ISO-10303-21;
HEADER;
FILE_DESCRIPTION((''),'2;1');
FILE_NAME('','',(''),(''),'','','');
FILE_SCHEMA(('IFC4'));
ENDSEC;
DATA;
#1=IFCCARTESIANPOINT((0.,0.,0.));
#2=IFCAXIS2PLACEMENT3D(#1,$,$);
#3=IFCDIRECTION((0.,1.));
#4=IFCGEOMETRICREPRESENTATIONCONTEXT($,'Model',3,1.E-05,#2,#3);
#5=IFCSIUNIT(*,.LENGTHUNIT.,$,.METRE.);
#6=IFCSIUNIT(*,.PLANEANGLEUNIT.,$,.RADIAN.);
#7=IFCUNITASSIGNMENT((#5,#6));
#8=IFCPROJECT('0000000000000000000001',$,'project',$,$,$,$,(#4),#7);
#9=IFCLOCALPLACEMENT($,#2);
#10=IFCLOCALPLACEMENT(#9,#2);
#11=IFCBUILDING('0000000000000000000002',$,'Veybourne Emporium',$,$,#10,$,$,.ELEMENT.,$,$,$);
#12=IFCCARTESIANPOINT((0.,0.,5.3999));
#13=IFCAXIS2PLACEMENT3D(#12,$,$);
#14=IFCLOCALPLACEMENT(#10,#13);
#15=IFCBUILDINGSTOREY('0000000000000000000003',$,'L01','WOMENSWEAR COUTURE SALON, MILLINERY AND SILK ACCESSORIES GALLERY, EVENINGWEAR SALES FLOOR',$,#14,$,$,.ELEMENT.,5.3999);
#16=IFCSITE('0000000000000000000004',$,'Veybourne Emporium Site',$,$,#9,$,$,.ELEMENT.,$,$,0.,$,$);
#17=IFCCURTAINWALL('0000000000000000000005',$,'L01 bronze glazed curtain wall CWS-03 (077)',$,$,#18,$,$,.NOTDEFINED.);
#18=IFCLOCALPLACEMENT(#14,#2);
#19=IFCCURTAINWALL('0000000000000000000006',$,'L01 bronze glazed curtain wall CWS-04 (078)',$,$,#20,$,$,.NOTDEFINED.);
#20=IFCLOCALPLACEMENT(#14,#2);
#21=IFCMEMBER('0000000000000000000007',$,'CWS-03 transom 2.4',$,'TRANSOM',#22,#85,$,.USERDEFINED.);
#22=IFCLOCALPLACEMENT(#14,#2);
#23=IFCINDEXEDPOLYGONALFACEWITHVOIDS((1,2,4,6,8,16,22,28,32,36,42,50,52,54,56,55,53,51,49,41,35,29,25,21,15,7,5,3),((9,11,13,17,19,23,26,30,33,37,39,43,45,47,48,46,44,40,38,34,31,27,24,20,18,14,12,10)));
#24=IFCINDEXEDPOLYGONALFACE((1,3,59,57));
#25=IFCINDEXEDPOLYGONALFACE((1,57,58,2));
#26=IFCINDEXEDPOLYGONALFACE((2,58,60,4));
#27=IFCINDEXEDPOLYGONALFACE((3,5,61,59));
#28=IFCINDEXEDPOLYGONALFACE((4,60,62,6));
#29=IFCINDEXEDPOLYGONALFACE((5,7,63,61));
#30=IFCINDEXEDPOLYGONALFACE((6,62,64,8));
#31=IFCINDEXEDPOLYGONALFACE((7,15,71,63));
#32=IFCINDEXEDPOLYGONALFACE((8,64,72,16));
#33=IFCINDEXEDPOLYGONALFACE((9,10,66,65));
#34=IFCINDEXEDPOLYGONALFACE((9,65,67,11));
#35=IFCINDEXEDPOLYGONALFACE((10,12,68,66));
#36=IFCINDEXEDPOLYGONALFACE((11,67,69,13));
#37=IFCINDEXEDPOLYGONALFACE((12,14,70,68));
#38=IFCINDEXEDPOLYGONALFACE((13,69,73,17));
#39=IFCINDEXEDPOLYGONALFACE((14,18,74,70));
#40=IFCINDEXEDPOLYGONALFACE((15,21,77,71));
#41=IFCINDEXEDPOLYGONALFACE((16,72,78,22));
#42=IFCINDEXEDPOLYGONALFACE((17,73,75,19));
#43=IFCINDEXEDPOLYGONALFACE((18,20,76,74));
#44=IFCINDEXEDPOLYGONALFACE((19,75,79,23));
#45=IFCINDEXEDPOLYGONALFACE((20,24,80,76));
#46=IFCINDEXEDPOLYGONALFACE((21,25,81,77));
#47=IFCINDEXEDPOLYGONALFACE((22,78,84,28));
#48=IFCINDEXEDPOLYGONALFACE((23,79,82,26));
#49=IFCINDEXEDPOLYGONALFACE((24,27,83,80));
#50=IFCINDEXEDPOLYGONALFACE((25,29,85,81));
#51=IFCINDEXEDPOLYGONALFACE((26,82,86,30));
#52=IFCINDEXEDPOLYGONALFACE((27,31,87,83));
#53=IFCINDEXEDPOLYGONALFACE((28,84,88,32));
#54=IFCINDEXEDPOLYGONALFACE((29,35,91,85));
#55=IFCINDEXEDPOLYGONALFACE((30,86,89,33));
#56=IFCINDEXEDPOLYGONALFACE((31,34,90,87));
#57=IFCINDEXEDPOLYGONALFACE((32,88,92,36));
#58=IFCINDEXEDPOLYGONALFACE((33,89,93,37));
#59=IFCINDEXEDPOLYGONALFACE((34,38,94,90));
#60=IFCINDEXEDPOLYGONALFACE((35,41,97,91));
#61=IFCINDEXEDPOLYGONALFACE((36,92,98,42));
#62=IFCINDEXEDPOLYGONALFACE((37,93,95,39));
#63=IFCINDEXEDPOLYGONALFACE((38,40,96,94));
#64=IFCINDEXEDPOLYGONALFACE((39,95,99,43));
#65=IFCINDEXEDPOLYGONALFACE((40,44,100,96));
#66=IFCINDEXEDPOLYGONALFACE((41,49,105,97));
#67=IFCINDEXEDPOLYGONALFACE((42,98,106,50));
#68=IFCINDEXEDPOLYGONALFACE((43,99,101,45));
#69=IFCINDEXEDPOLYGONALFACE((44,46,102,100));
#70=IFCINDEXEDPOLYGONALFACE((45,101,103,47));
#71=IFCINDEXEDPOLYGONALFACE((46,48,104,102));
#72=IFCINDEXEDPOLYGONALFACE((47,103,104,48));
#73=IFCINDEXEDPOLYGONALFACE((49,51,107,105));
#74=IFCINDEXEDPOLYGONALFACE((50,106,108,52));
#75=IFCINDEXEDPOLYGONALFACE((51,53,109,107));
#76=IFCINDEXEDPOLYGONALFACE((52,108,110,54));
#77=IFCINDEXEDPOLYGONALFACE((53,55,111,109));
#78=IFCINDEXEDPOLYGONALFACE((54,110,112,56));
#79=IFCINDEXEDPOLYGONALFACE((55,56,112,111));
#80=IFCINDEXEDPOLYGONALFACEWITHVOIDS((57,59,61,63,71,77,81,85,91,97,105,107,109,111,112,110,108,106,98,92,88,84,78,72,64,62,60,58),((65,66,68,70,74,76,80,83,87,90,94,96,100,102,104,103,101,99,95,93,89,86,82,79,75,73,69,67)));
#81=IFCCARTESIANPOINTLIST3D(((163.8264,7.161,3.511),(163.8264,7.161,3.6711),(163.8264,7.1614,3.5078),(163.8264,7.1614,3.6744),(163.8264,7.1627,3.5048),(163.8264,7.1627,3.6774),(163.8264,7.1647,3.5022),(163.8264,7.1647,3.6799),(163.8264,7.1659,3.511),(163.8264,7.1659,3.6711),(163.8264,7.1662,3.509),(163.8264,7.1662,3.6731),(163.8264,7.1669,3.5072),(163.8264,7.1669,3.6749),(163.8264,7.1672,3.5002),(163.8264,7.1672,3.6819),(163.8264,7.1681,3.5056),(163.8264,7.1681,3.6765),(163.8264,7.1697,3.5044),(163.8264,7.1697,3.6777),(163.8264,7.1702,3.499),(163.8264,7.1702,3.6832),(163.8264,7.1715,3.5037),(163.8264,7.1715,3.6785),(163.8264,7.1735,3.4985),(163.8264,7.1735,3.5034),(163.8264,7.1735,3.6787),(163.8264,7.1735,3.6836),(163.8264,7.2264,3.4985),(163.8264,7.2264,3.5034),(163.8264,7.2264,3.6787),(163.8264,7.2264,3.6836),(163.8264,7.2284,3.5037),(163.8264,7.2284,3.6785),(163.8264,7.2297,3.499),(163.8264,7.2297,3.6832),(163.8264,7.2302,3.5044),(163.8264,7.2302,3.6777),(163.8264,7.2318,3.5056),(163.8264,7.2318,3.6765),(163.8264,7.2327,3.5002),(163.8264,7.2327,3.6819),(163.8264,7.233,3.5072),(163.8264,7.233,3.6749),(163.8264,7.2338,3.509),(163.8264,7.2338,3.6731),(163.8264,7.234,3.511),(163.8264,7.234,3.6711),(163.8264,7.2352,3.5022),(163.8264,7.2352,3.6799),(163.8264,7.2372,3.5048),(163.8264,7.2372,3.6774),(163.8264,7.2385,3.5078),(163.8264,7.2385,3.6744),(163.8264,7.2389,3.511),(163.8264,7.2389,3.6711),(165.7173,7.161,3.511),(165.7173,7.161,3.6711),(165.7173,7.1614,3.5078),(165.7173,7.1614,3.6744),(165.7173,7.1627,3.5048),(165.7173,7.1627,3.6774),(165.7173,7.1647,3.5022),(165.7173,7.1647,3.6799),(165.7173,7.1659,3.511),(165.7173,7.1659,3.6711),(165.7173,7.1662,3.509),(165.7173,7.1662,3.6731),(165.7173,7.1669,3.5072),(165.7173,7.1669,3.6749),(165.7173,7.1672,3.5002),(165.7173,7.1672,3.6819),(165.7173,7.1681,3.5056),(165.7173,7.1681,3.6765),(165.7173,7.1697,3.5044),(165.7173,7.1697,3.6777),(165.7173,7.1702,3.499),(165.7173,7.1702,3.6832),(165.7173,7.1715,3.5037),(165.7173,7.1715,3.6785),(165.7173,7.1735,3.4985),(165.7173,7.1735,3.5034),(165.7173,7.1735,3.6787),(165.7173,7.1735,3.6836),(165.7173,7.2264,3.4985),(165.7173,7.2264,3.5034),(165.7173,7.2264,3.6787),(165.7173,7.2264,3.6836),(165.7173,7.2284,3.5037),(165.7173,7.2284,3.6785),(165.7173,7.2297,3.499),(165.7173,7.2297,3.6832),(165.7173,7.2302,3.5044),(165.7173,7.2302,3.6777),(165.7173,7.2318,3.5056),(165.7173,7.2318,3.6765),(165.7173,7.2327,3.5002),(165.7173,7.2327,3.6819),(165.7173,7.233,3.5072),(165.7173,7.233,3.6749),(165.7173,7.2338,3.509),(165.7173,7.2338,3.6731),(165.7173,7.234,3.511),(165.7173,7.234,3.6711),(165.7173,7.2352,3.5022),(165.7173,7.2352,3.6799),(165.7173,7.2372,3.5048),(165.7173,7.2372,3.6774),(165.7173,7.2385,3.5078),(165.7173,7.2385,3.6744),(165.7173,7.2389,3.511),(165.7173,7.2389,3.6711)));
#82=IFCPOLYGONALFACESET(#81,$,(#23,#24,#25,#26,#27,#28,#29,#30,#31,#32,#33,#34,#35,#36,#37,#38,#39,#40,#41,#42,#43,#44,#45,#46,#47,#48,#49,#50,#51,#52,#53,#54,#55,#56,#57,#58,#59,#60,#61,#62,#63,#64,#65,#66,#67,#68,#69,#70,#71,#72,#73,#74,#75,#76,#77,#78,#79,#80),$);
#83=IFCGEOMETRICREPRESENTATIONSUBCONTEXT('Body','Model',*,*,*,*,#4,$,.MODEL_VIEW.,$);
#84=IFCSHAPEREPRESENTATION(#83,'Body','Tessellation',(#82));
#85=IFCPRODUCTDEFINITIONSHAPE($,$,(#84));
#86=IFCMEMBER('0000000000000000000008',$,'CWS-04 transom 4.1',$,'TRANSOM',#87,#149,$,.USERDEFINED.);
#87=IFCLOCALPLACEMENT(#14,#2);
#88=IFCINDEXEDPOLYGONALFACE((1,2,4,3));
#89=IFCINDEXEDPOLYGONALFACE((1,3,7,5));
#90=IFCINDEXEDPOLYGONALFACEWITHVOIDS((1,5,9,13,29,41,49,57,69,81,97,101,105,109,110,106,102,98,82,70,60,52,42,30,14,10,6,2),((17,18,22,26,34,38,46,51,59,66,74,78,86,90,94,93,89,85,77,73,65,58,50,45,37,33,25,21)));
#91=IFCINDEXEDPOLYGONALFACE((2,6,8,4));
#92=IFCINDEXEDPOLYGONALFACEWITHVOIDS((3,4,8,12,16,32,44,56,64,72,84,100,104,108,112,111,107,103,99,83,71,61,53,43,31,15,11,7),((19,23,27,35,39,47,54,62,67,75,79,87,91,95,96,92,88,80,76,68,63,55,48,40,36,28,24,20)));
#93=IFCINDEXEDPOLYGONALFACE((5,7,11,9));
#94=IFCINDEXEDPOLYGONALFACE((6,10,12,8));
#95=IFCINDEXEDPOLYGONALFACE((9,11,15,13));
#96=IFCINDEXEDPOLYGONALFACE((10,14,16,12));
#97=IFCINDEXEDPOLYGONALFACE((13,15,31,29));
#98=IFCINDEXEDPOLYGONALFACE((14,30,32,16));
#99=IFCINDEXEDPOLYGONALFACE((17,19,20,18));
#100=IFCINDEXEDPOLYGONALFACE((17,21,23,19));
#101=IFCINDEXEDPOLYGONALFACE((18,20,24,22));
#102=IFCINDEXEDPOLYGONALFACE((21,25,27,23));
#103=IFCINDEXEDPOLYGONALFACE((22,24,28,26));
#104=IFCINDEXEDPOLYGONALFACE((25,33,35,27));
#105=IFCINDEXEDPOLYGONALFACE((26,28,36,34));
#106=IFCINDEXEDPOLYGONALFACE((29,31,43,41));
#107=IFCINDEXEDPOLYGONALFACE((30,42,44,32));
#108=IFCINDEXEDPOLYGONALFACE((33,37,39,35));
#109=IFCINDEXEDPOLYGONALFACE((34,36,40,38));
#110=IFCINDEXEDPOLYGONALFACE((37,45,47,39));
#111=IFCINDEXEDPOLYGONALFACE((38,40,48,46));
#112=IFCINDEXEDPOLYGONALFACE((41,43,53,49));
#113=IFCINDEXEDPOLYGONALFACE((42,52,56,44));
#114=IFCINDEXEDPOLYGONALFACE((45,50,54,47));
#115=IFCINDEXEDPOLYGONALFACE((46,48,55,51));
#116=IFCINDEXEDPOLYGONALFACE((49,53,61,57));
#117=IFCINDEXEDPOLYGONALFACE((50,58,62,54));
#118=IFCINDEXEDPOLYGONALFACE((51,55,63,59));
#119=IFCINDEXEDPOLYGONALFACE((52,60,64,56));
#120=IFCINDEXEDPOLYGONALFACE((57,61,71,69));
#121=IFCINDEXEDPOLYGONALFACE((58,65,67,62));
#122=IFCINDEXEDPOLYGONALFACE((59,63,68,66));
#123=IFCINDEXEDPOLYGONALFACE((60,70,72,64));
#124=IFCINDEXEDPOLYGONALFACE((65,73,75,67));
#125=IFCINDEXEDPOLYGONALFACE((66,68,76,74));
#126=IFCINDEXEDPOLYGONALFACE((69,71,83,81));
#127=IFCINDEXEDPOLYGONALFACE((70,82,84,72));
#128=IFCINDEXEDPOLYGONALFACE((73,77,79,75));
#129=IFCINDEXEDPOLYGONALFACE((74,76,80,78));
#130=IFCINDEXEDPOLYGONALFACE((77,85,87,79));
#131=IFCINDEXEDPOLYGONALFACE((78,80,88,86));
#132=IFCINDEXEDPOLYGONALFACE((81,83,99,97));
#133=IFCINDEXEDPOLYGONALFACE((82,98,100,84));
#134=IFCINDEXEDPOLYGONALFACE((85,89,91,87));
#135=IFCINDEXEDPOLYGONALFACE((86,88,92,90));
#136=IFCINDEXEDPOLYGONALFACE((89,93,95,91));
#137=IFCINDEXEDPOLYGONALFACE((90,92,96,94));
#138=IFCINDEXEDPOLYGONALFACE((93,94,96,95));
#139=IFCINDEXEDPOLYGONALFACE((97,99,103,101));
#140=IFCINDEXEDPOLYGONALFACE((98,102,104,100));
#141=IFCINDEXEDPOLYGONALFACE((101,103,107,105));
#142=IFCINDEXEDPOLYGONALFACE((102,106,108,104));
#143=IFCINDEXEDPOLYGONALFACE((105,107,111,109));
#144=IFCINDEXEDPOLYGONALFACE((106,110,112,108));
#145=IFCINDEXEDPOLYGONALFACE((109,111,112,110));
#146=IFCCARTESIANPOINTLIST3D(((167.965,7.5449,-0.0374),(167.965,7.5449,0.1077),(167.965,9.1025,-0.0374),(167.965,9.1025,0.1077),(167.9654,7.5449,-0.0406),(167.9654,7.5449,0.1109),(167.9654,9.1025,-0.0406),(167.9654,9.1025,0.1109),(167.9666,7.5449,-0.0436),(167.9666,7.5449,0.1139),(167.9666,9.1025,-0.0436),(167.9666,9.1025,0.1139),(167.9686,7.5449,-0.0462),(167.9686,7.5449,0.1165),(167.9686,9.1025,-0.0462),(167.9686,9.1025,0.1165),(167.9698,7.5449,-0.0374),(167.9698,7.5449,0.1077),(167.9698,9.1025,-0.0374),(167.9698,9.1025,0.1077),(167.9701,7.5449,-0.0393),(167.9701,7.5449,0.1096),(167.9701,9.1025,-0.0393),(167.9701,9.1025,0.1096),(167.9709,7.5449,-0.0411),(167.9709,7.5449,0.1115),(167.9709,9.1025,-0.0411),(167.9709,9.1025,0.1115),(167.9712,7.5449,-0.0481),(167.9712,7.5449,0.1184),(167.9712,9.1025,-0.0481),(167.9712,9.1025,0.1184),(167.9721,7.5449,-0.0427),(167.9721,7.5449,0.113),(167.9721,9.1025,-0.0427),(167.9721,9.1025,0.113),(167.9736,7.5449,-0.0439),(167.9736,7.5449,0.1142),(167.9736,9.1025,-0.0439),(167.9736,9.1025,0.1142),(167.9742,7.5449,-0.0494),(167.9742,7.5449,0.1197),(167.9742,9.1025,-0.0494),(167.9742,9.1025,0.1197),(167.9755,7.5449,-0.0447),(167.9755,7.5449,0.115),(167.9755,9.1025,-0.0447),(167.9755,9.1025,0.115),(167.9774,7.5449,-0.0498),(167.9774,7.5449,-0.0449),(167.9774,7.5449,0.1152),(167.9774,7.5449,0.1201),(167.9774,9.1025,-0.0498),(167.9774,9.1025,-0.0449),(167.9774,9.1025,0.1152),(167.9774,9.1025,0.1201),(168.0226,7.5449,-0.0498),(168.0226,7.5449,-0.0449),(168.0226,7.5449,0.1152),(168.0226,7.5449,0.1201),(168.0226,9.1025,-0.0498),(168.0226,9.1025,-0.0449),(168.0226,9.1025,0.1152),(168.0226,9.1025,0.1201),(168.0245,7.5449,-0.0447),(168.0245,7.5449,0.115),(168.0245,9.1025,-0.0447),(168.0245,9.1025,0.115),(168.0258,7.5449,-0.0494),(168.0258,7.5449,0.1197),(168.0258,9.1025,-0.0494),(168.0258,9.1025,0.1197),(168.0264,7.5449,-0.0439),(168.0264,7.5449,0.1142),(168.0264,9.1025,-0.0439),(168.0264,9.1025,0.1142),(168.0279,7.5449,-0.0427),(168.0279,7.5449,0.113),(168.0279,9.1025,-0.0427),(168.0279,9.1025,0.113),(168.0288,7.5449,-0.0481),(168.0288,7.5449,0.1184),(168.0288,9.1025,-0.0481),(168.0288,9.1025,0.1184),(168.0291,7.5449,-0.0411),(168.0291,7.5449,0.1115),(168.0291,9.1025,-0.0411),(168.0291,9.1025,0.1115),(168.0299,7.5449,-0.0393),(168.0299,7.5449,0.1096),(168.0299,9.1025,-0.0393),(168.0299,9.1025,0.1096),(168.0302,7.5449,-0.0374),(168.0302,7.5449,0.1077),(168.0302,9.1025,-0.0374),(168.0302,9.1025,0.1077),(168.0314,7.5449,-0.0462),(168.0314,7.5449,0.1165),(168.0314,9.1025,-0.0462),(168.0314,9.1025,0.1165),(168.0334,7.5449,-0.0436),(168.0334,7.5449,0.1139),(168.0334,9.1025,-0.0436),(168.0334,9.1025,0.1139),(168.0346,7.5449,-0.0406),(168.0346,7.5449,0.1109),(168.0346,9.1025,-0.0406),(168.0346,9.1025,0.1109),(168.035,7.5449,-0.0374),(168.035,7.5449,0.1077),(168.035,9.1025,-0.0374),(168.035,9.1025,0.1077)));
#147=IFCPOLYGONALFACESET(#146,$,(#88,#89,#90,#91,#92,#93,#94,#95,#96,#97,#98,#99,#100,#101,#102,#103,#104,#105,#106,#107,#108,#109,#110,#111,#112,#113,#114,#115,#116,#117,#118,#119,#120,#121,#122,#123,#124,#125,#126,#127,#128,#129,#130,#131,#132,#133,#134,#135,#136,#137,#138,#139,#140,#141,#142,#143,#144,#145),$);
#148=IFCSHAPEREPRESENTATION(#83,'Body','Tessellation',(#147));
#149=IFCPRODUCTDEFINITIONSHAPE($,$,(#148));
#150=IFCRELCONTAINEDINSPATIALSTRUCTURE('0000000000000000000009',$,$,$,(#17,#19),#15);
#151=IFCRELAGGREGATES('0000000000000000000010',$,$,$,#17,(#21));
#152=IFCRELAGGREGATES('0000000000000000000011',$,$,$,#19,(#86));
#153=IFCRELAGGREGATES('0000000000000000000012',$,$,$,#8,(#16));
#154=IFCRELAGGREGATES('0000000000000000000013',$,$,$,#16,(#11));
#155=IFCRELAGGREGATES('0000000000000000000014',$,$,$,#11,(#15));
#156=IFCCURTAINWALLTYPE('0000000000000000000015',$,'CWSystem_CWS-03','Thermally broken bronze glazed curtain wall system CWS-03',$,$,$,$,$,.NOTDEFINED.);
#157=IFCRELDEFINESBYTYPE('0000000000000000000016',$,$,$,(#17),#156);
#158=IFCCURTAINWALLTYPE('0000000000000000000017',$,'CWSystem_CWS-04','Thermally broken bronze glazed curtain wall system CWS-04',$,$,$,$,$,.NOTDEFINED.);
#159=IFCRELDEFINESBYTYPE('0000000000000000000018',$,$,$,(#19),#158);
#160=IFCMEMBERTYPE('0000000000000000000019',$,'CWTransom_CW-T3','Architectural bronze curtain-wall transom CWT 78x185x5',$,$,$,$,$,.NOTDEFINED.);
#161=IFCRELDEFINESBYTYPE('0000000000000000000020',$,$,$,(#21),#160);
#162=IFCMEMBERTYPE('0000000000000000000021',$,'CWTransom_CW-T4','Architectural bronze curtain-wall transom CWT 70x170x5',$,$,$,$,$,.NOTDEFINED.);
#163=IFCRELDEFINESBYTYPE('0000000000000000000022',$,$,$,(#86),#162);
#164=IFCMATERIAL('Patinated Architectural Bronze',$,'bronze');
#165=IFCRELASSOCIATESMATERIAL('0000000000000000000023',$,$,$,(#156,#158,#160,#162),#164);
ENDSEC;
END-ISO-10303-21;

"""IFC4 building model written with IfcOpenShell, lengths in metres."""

from ifc_helpers import new_model, si_unit, direction, frame, origin, origin_2d, place, context, subcontext, project, spatial, hollow_rectangle, extrude, material, material_profile, profile_set, type_object, element, aggregate, save


model = new_model("IFC4")

# Units and contexts
model_context = context("Model", 3, precision=1e-05, world=origin(), true_north=direction((0.0, 1.0)))
body_context = subcontext(model_context, "Body", "Model", "MODEL_VIEW")
ifc_project = project(units=[si_unit("LENGTHUNIT", "METRE"), si_unit("PLANEANGLEUNIT", "RADIAN")], contexts=[model_context])

# Site, building, storey
site_placement = place(None, origin())
site = spatial("IfcSite", under=ifc_project, at=site_placement, Name="Veybourne Emporium Site", CompositionType="ELEMENT", RefElevation=0.0)
building_placement = place(site_placement, origin())
building = spatial("IfcBuilding", under=site, at=building_placement, Name="Veybourne Emporium", CompositionType="ELEMENT")
storey_placement = place(building_placement, frame((0.0, 0.0, 5.3999)))
storey = spatial("IfcBuildingStorey", under=building, at=storey_placement, Name="L01", Description="WOMENSWEAR COUTURE SALON, MILLINERY AND SILK ACCESSORIES GALLERY, EVENINGWEAR SALES FLOOR", CompositionType="ELEMENT", Elevation=5.3999)

# Curtain wall
ifc_material_1 = material(Name="Patinated Architectural Bronze", Category="bronze")
curtain_wall_type_1 = type_object("IfcCurtainWallType", Name="CWSystem_CWS-03", Description="Thermally broken bronze glazed curtain wall system CWS-03", PredefinedType="NOTDEFINED", material=ifc_material_1)
curtain_wall_1_placement = place(storey_placement, origin())
curtain_wall_1 = element("IfcCurtainWall", 1, at=curtain_wall_1_placement, inside=storey, type_object=curtain_wall_type_1, Name="L01 bronze glazed curtain wall CWS-03 (077)", PredefinedType="NOTDEFINED")

# Curtain wall
curtain_wall_type_2 = type_object("IfcCurtainWallType", Name="CWSystem_CWS-04", Description="Thermally broken bronze glazed curtain wall system CWS-04", PredefinedType="NOTDEFINED", material=ifc_material_1)
curtain_wall_2_placement = place(storey_placement, origin())
curtain_wall_2 = element("IfcCurtainWall", 2, at=curtain_wall_2_placement, inside=storey, type_object=curtain_wall_type_2, Name="L01 bronze glazed curtain wall CWS-04 (078)", PredefinedType="NOTDEFINED")

# Members
ifc_material_profile_1 = material_profile(ifc_material_1, hollow_rectangle(XDim=0.0779, YDim=0.1851, WallThickness=0.0049, InnerFilletRadius=0.0076, OuterFilletRadius=0.0125, at=origin_2d()), Name="CWT 78x185x5")
ifc_profile_set_1 = profile_set([ifc_material_profile_1], Name="Patinated Architectural Bronze")
member_type_1 = type_object("IfcMemberType", Name="CWTransom_CW-T3", Description="Architectural bronze curtain-wall transom CWT 78x185x5", PredefinedType="NOTDEFINED", material=ifc_profile_set_1)
member_1_placement = place(storey_placement, frame((165.7173, 7.2, 3.5911), z_axis=(-1.0, 0.0, 0.0), x_axis=(0.0, -1.0, 0.0)))
member_1 = element("IfcMember", 3, at=member_1_placement, type_object=member_type_1, Name="CWS-03 transom 2.4", ObjectType="TRANSOM", PredefinedType="USERDEFINED", context=body_context, shape_type="SweptSolid", body=[
    extrude(hollow_rectangle(XDim=0.0779, YDim=0.1851, WallThickness=0.0049, InnerFilletRadius=0.0076, OuterFilletRadius=0.0125, at=origin_2d()), origin(), (0.0, 0.0, 1.0), 1.8909),
])
ifc_material_profile_2 = material_profile(ifc_material_1, hollow_rectangle(XDim=0.0701, YDim=0.1699, WallThickness=0.0049, InnerFilletRadius=0.0076, OuterFilletRadius=0.0125, at=origin_2d()), Name="CWT 70x170x5")
ifc_profile_set_2 = profile_set([ifc_material_profile_2], Name="Patinated Architectural Bronze")
member_type_2 = type_object("IfcMemberType", Name="CWTransom_CW-T4", Description="Architectural bronze curtain-wall transom CWT 70x170x5", PredefinedType="NOTDEFINED", material=ifc_profile_set_2)
member_2_placement = place(storey_placement, frame((168.0, 9.1025, 0.0352), z_axis=(0.0, -1.0, 0.0), x_axis=(1.0, 0.0, 0.0)))
member_2 = element("IfcMember", 4, at=member_2_placement, type_object=member_type_2, Name="CWS-04 transom 4.1", ObjectType="TRANSOM", PredefinedType="USERDEFINED", context=body_context, shape_type="SweptSolid", body=[
    extrude(hollow_rectangle(XDim=0.0701, YDim=0.1699, WallThickness=0.0049, InnerFilletRadius=0.0076, OuterFilletRadius=0.0125, at=origin_2d()), origin(), (0.0, 0.0, 1.0), 1.5576),
])

aggregate(curtain_wall_1, [member_1])
aggregate(curtain_wall_2, [member_2])

save(model, "model.ifc")
